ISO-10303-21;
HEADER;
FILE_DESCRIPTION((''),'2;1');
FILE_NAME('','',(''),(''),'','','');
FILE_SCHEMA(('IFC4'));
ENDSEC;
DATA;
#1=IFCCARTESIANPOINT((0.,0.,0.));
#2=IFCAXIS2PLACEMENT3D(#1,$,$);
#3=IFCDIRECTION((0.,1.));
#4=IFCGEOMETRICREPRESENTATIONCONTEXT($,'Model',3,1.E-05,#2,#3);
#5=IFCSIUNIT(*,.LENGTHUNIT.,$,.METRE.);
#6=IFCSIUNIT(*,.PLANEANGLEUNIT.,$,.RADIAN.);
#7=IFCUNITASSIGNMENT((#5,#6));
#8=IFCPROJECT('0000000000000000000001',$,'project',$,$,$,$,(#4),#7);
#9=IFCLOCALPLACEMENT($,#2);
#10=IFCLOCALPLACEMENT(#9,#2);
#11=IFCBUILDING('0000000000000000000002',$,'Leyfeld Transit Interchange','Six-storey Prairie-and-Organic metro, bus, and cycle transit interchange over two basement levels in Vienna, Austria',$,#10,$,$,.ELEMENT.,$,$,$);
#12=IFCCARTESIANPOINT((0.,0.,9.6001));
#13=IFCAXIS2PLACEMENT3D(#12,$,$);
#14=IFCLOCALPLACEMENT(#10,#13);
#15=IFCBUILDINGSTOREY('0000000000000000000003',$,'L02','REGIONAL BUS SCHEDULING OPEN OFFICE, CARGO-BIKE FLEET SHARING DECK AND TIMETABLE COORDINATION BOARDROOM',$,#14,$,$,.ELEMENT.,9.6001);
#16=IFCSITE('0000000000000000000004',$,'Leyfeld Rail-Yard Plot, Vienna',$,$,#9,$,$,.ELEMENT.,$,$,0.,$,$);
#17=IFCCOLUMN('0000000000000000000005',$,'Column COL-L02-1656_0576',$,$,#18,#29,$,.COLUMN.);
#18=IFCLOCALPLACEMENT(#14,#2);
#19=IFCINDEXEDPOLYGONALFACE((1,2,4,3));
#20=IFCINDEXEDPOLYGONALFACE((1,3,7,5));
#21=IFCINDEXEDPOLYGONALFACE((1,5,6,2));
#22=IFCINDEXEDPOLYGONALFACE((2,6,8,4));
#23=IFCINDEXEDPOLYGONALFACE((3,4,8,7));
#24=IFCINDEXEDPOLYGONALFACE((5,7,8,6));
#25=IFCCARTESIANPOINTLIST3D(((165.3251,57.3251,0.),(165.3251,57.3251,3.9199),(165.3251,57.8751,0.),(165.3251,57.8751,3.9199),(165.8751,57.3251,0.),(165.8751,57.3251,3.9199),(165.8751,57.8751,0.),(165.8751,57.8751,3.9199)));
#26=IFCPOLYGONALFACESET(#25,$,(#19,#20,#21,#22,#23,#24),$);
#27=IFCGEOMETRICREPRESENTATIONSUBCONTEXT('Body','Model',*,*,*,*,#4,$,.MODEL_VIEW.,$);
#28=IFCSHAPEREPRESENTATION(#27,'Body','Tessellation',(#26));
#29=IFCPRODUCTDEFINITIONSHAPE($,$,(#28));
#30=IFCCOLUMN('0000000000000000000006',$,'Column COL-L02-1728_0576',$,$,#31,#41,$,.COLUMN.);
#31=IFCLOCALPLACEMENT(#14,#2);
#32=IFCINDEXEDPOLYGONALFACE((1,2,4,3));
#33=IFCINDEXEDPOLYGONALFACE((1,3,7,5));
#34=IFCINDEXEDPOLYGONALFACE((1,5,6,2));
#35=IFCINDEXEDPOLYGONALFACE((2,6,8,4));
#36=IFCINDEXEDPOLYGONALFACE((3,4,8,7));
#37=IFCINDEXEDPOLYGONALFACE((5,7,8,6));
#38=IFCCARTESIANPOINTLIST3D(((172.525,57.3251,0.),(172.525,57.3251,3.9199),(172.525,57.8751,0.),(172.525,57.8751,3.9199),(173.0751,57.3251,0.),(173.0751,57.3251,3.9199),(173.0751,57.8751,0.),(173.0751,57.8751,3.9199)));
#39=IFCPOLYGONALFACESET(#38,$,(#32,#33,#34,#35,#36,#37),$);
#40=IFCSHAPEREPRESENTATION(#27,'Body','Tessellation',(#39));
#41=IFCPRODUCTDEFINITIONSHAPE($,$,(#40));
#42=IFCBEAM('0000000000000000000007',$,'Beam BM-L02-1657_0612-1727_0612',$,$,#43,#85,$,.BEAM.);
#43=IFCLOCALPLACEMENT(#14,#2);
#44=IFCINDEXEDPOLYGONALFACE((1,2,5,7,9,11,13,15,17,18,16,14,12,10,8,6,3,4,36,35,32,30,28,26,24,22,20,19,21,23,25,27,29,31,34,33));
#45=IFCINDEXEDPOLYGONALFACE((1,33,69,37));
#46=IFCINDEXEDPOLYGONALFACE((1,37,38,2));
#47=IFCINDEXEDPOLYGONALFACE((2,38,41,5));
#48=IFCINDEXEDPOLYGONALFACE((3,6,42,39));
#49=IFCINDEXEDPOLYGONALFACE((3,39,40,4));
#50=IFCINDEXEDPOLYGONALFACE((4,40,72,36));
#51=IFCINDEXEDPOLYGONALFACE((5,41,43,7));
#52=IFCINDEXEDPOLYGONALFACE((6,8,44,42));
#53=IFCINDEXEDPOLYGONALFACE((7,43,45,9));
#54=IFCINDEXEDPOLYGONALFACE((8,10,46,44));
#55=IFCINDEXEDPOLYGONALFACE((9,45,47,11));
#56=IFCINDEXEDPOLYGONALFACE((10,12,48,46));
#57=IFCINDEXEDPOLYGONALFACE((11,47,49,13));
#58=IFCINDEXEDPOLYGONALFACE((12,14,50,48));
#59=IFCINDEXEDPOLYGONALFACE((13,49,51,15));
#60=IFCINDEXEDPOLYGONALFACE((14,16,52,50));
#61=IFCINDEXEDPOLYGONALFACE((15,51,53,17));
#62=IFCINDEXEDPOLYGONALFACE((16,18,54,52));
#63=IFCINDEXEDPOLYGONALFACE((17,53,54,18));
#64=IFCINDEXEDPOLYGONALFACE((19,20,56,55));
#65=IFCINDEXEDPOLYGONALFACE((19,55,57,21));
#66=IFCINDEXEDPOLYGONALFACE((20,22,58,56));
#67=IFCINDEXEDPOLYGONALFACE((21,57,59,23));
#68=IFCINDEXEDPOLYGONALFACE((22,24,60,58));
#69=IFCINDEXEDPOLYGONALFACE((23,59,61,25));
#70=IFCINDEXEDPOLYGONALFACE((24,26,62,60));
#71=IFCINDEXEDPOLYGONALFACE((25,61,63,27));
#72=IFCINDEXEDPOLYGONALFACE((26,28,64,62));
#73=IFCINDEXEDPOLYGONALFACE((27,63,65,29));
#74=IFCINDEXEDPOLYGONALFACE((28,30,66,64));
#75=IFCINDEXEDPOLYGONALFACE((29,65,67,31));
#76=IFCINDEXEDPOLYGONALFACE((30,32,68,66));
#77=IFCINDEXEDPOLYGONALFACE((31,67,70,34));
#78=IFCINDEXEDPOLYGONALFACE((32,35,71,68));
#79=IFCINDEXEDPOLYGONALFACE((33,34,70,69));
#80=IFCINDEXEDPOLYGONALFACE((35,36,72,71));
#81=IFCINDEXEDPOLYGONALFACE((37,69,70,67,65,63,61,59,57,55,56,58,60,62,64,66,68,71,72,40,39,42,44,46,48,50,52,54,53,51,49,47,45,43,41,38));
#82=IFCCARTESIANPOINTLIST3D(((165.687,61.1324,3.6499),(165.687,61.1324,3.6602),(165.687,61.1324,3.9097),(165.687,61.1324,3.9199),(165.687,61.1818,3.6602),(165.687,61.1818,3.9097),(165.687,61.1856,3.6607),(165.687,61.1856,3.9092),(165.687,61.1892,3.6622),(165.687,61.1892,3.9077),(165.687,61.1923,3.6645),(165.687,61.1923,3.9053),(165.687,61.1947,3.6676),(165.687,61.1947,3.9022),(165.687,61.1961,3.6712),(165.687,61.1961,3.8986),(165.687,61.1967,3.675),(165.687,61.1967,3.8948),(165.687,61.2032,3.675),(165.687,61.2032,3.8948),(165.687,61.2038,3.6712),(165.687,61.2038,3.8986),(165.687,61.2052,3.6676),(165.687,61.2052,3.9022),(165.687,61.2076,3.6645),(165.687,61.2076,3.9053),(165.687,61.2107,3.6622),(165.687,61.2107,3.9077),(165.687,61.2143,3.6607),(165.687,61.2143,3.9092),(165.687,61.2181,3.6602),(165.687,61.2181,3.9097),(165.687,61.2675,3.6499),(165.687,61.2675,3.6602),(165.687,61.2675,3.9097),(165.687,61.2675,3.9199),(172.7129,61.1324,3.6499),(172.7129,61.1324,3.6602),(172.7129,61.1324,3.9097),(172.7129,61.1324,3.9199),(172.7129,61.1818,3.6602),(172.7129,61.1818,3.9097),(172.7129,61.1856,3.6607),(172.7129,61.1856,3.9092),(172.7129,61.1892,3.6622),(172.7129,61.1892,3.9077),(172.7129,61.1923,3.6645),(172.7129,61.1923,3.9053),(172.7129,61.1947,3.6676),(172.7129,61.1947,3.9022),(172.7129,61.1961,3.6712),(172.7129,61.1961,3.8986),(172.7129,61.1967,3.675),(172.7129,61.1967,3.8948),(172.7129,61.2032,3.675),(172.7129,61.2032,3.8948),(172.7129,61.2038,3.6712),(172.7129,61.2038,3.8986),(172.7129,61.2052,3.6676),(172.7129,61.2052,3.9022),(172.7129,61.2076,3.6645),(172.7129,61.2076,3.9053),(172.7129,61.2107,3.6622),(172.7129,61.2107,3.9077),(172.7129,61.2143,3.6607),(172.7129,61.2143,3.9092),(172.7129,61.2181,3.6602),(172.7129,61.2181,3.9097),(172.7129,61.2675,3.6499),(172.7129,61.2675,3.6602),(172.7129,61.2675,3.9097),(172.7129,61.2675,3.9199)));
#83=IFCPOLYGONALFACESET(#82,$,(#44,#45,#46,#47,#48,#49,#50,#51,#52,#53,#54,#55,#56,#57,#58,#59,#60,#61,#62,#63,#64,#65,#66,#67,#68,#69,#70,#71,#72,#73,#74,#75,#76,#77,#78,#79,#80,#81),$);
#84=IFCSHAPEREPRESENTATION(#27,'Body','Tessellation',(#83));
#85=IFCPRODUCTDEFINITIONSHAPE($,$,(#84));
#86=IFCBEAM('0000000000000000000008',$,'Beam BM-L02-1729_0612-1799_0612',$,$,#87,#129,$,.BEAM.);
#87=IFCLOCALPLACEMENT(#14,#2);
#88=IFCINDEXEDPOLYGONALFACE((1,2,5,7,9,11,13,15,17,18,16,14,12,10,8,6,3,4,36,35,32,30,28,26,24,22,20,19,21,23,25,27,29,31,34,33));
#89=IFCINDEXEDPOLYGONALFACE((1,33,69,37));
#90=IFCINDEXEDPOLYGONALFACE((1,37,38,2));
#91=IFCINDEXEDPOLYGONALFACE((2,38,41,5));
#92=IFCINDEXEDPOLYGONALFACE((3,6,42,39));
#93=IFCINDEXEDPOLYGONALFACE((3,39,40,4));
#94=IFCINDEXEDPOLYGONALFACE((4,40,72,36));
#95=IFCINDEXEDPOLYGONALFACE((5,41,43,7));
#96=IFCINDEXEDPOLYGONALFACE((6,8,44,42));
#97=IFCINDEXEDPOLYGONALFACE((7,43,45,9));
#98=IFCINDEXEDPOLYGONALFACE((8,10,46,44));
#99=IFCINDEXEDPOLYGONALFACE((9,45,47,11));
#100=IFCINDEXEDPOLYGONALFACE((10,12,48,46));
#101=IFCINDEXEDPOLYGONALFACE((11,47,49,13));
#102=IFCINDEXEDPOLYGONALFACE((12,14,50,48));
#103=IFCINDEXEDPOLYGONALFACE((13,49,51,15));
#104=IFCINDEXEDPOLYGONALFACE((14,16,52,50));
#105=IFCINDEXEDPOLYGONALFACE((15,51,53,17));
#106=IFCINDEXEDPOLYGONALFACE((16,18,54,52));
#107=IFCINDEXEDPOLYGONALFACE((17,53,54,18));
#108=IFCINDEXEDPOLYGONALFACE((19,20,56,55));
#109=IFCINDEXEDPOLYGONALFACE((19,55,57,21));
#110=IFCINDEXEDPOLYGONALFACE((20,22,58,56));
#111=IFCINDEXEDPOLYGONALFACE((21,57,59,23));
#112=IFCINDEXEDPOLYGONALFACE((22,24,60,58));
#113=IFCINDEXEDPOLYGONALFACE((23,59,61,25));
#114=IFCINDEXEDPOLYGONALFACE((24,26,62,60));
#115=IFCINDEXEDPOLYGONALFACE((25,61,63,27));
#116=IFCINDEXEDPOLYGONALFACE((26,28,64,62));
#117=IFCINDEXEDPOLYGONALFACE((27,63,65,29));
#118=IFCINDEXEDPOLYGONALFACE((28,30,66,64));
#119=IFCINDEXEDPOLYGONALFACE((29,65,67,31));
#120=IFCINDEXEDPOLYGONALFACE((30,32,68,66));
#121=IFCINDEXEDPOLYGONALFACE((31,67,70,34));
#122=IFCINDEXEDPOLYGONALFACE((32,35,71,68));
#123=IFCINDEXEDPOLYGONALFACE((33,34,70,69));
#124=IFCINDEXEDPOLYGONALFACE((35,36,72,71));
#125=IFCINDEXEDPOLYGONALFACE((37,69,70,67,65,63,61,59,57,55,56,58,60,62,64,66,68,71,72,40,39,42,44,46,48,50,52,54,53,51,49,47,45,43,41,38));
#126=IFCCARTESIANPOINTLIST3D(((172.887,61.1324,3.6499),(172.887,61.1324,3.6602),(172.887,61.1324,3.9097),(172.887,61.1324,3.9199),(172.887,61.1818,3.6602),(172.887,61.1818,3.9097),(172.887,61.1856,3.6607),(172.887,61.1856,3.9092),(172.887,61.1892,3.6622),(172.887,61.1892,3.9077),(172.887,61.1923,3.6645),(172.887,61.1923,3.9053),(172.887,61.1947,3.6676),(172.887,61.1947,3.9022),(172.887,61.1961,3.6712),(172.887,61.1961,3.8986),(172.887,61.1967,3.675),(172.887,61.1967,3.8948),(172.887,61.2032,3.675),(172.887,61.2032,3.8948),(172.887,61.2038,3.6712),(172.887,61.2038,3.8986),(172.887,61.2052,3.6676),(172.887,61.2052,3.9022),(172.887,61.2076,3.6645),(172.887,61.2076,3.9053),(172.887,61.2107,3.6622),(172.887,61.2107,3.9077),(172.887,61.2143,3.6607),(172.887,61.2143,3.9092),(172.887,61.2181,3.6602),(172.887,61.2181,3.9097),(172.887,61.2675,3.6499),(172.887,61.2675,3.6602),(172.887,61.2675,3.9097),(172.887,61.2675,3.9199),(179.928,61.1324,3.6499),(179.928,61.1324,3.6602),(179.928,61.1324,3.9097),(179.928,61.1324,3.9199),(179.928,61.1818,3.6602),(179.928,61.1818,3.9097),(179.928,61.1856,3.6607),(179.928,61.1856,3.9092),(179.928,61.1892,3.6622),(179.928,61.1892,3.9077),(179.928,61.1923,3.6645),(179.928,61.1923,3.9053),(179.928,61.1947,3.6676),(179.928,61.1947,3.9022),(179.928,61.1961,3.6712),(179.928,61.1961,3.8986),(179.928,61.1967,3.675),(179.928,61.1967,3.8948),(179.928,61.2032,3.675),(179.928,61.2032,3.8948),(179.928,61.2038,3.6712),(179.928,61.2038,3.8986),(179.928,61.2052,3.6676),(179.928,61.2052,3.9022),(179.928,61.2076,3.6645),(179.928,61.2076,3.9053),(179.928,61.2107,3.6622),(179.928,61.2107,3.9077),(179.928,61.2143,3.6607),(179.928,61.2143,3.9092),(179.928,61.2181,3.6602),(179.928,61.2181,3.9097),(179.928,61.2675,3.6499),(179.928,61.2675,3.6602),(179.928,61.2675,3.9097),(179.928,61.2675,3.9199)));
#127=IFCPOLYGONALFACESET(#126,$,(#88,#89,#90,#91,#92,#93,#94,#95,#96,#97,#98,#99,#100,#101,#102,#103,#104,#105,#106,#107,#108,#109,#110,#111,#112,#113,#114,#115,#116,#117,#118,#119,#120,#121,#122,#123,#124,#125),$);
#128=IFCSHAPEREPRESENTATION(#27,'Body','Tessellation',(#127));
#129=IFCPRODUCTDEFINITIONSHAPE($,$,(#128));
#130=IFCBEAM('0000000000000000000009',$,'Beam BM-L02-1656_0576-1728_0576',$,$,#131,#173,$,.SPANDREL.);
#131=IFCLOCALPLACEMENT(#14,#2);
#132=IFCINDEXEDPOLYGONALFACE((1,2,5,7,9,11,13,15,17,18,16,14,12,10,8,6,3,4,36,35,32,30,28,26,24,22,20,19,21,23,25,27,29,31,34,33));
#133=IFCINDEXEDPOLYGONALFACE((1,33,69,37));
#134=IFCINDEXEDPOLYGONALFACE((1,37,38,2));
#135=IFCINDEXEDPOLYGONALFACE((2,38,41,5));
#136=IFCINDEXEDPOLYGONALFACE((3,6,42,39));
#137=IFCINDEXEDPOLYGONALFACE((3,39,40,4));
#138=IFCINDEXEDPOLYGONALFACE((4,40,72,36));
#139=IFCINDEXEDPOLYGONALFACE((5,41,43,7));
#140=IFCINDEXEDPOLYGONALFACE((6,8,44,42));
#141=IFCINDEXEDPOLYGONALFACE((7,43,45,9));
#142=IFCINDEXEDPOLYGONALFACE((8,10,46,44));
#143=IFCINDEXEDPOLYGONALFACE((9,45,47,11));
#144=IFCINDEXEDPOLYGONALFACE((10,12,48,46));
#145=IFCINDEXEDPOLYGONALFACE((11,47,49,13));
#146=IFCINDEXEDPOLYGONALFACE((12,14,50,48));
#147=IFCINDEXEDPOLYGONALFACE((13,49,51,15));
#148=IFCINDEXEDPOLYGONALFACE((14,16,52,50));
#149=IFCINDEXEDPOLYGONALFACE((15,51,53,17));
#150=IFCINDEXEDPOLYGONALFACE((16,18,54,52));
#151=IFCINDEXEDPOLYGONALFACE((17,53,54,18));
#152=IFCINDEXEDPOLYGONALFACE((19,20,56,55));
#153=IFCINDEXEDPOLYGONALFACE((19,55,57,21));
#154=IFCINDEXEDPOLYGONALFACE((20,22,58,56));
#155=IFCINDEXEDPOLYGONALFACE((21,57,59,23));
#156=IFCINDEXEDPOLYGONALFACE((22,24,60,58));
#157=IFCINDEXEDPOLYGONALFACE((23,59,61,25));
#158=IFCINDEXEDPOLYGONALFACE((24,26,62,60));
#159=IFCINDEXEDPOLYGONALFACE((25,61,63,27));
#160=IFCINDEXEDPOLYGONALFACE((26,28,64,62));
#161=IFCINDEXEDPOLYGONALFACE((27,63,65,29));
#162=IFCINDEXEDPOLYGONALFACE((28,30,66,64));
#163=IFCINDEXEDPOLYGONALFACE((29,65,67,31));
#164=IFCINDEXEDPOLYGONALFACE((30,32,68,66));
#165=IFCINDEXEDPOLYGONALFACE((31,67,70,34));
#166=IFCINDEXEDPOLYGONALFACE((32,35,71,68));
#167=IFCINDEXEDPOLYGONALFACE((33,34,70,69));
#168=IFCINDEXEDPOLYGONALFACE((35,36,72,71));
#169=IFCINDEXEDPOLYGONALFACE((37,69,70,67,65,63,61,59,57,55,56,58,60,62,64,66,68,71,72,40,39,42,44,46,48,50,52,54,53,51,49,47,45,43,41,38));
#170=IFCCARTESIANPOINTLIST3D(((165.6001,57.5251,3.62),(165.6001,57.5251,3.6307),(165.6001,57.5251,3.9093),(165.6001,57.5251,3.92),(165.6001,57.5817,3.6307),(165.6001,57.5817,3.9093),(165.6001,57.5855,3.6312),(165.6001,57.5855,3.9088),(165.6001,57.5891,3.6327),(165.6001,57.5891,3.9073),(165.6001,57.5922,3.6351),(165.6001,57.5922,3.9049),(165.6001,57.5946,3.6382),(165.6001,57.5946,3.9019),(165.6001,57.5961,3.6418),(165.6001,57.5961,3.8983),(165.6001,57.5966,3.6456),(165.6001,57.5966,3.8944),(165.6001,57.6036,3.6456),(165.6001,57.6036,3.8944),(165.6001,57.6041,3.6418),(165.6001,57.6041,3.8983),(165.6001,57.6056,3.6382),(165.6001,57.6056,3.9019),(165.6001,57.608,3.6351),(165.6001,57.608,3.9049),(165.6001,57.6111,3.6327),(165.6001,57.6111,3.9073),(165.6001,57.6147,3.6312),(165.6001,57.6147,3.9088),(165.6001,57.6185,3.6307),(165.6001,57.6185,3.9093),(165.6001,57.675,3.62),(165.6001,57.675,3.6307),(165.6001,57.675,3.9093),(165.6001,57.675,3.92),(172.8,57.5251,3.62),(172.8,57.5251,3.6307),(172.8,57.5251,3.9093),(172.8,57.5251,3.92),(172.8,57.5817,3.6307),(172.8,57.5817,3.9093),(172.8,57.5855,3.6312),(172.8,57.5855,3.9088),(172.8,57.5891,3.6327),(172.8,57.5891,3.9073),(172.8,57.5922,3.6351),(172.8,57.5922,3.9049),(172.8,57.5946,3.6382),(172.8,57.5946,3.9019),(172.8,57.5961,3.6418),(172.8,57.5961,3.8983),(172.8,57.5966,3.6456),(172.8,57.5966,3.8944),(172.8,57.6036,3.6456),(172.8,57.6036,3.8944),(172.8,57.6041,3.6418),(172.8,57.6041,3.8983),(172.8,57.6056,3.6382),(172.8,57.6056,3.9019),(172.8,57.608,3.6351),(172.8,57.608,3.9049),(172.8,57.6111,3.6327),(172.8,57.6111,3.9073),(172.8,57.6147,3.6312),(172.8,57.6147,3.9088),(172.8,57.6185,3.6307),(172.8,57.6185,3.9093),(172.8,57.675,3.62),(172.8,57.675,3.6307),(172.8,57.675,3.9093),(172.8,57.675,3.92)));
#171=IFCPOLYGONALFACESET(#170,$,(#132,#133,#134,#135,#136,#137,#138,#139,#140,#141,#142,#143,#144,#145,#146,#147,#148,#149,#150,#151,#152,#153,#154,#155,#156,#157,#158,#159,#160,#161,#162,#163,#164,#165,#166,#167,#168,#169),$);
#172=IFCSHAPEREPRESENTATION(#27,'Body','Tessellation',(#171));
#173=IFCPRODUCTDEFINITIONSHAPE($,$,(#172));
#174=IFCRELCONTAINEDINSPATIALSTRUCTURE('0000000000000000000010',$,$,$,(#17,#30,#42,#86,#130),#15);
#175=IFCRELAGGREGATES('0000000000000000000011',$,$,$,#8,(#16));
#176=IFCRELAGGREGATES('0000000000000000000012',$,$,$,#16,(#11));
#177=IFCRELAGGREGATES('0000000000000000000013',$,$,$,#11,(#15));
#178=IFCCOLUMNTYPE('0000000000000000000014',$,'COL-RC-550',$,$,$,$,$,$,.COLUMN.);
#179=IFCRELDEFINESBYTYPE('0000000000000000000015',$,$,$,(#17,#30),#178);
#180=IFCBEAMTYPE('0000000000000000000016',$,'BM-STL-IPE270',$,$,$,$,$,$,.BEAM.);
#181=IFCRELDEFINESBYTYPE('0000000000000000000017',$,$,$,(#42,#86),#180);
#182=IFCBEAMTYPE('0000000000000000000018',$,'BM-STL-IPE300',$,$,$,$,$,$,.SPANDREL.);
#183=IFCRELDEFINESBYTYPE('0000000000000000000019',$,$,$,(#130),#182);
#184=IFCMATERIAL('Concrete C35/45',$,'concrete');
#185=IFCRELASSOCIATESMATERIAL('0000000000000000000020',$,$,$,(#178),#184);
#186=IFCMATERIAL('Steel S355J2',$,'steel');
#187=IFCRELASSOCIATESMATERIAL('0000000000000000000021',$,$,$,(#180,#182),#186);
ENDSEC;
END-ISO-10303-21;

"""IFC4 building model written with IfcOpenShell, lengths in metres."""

from ifc_helpers import new_model, si_unit, direction, frame, origin, origin_2d, place, context, subcontext, project, spatial, rectangle, i_section, extrude, material, material_profile, profile_set, type_object, element, save


model = new_model("IFC4")

# Units and contexts
model_context = context("Model", 3, precision=1e-05, world=origin(), true_north=direction((0.0, 1.0)))
body_context = subcontext(model_context, "Body", "Model", "MODEL_VIEW")
ifc_project = project(units=[si_unit("LENGTHUNIT", "METRE"), si_unit("PLANEANGLEUNIT", "RADIAN")], contexts=[model_context])

# Site, building, storey
site_placement = place(None, origin())
site = spatial("IfcSite", under=ifc_project, at=site_placement, Name="Leyfeld Rail-Yard Plot, Vienna", CompositionType="ELEMENT", RefElevation=0.0)
building_placement = place(site_placement, origin())
building = spatial("IfcBuilding", under=site, at=building_placement, Name="Leyfeld Transit Interchange", Description="Six-storey Prairie-and-Organic metro, bus, and cycle transit interchange over two basement levels in Vienna, Austria", CompositionType="ELEMENT")
storey_placement = place(building_placement, frame((0.0, 0.0, 9.6001)))
storey = spatial("IfcBuildingStorey", under=building, at=storey_placement, Name="L02", Description="REGIONAL BUS SCHEDULING OPEN OFFICE, CARGO-BIKE FLEET SHARING DECK AND TIMETABLE COORDINATION BOARDROOM", CompositionType="ELEMENT", Elevation=9.6001)

# Columns
ifc_material_1 = material(Name="Concrete C35/45", Category="concrete")
ifc_material_profile_1 = material_profile(ifc_material_1, rectangle(XDim=0.55, YDim=0.55, at=origin_2d()), Name="RC 550x550")
ifc_profile_set_1 = profile_set([ifc_material_profile_1], Name="Concrete C35/45")
column_type = type_object("IfcColumnType", Name="COL-RC-550", PredefinedType="COLUMN", material=ifc_profile_set_1)
for number, where, z_axis, x_axis, name in (
    (1, (165.6001, 57.6001, 0.0), (0.0, 0.0, 1.0), (1.0, 0.0, 0.0), "Column COL-L02-1656_0576"),
    (2, (172.8, 57.6001, 0.0), (0.0, 0.0, 1.0), (1.0, 0.0, 0.0), "Column COL-L02-1728_0576"),
):
    element("IfcColumn", number, at=place(storey_placement, frame(where, z_axis=z_axis, x_axis=x_axis)), inside=storey, type_object=column_type, Name=name, PredefinedType="COLUMN", context=body_context, shape_type="SweptSolid", body=[
        extrude(rectangle(XDim=0.55, YDim=0.55, at=origin_2d()), origin(), (0.0, 0.0, 1.0), 3.9199),
    ])

# Beams
ifc_material_2 = material(Name="Steel S355J2", Category="steel")
ifc_material_profile_2 = material_profile(ifc_material_2, i_section(OverallWidth=0.135, OverallDepth=0.27, WebThickness=0.0066, FlangeThickness=0.0103, FilletRadius=0.0149, at=origin_2d()), Name="IPE 270")
ifc_profile_set_2 = profile_set([ifc_material_profile_2], Name="Steel S355J2")
beam_type_1 = type_object("IfcBeamType", Name="BM-STL-IPE270", PredefinedType="BEAM", material=ifc_profile_set_2)
beam_1_placement = place(storey_placement, frame((165.687, 61.2, 3.7849), z_axis=(1.0, 0.0, 0.0), x_axis=(0.0, 1.0, 0.0)))
element("IfcBeam", 3, at=beam_1_placement, inside=storey, type_object=beam_type_1, Name="Beam BM-L02-1657_0612-1727_0612", PredefinedType="BEAM", context=body_context, shape_type="SweptSolid", body=[
    extrude(i_section(OverallWidth=0.135, OverallDepth=0.27, WebThickness=0.0066, FlangeThickness=0.0103, FilletRadius=0.0149, at=origin_2d()), origin(), (0.0, 0.0, 1.0), 7.0259),
])
beam_2_placement = place(storey_placement, frame((172.887, 61.2, 3.7849), z_axis=(1.0, 0.0, 0.0), x_axis=(0.0, 1.0, 0.0)))
element("IfcBeam", 4, at=beam_2_placement, inside=storey, type_object=beam_type_1, Name="Beam BM-L02-1729_0612-1799_0612", PredefinedType="BEAM", context=body_context, shape_type="SweptSolid", body=[
    extrude(i_section(OverallWidth=0.135, OverallDepth=0.27, WebThickness=0.0066, FlangeThickness=0.0103, FilletRadius=0.0149, at=origin_2d()), origin(), (0.0, 0.0, 1.0), 7.041),
])
ifc_material_profile_3 = material_profile(ifc_material_2, i_section(OverallWidth=0.1499, OverallDepth=0.3, WebThickness=0.0071, FlangeThickness=0.0107, FilletRadius=0.0149, at=origin_2d()), Name="IPE 300")
ifc_profile_set_3 = profile_set([ifc_material_profile_3], Name="Steel S355J2")
beam_type_2 = type_object("IfcBeamType", Name="BM-STL-IPE300", PredefinedType="SPANDREL", material=ifc_profile_set_3)
for number, where, z_axis, x_axis, name in (
    (5, (165.6001, 57.6001, 3.77), (1.0, 0.0, 0.0), (0.0, 1.0, 0.0), "Beam BM-L02-1656_0576-1728_0576"),
):
    element("IfcBeam", number, at=place(storey_placement, frame(where, z_axis=z_axis, x_axis=x_axis)), inside=storey, type_object=beam_type_2, Name=name, PredefinedType="SPANDREL", context=body_context, shape_type="SweptSolid", body=[
        extrude(i_section(OverallWidth=0.1499, OverallDepth=0.3, WebThickness=0.0071, FlangeThickness=0.0107, FilletRadius=0.0149, at=origin_2d()), origin(), (0.0, 0.0, 1.0), 7.2),
    ])

save(model, "model.ifc")
